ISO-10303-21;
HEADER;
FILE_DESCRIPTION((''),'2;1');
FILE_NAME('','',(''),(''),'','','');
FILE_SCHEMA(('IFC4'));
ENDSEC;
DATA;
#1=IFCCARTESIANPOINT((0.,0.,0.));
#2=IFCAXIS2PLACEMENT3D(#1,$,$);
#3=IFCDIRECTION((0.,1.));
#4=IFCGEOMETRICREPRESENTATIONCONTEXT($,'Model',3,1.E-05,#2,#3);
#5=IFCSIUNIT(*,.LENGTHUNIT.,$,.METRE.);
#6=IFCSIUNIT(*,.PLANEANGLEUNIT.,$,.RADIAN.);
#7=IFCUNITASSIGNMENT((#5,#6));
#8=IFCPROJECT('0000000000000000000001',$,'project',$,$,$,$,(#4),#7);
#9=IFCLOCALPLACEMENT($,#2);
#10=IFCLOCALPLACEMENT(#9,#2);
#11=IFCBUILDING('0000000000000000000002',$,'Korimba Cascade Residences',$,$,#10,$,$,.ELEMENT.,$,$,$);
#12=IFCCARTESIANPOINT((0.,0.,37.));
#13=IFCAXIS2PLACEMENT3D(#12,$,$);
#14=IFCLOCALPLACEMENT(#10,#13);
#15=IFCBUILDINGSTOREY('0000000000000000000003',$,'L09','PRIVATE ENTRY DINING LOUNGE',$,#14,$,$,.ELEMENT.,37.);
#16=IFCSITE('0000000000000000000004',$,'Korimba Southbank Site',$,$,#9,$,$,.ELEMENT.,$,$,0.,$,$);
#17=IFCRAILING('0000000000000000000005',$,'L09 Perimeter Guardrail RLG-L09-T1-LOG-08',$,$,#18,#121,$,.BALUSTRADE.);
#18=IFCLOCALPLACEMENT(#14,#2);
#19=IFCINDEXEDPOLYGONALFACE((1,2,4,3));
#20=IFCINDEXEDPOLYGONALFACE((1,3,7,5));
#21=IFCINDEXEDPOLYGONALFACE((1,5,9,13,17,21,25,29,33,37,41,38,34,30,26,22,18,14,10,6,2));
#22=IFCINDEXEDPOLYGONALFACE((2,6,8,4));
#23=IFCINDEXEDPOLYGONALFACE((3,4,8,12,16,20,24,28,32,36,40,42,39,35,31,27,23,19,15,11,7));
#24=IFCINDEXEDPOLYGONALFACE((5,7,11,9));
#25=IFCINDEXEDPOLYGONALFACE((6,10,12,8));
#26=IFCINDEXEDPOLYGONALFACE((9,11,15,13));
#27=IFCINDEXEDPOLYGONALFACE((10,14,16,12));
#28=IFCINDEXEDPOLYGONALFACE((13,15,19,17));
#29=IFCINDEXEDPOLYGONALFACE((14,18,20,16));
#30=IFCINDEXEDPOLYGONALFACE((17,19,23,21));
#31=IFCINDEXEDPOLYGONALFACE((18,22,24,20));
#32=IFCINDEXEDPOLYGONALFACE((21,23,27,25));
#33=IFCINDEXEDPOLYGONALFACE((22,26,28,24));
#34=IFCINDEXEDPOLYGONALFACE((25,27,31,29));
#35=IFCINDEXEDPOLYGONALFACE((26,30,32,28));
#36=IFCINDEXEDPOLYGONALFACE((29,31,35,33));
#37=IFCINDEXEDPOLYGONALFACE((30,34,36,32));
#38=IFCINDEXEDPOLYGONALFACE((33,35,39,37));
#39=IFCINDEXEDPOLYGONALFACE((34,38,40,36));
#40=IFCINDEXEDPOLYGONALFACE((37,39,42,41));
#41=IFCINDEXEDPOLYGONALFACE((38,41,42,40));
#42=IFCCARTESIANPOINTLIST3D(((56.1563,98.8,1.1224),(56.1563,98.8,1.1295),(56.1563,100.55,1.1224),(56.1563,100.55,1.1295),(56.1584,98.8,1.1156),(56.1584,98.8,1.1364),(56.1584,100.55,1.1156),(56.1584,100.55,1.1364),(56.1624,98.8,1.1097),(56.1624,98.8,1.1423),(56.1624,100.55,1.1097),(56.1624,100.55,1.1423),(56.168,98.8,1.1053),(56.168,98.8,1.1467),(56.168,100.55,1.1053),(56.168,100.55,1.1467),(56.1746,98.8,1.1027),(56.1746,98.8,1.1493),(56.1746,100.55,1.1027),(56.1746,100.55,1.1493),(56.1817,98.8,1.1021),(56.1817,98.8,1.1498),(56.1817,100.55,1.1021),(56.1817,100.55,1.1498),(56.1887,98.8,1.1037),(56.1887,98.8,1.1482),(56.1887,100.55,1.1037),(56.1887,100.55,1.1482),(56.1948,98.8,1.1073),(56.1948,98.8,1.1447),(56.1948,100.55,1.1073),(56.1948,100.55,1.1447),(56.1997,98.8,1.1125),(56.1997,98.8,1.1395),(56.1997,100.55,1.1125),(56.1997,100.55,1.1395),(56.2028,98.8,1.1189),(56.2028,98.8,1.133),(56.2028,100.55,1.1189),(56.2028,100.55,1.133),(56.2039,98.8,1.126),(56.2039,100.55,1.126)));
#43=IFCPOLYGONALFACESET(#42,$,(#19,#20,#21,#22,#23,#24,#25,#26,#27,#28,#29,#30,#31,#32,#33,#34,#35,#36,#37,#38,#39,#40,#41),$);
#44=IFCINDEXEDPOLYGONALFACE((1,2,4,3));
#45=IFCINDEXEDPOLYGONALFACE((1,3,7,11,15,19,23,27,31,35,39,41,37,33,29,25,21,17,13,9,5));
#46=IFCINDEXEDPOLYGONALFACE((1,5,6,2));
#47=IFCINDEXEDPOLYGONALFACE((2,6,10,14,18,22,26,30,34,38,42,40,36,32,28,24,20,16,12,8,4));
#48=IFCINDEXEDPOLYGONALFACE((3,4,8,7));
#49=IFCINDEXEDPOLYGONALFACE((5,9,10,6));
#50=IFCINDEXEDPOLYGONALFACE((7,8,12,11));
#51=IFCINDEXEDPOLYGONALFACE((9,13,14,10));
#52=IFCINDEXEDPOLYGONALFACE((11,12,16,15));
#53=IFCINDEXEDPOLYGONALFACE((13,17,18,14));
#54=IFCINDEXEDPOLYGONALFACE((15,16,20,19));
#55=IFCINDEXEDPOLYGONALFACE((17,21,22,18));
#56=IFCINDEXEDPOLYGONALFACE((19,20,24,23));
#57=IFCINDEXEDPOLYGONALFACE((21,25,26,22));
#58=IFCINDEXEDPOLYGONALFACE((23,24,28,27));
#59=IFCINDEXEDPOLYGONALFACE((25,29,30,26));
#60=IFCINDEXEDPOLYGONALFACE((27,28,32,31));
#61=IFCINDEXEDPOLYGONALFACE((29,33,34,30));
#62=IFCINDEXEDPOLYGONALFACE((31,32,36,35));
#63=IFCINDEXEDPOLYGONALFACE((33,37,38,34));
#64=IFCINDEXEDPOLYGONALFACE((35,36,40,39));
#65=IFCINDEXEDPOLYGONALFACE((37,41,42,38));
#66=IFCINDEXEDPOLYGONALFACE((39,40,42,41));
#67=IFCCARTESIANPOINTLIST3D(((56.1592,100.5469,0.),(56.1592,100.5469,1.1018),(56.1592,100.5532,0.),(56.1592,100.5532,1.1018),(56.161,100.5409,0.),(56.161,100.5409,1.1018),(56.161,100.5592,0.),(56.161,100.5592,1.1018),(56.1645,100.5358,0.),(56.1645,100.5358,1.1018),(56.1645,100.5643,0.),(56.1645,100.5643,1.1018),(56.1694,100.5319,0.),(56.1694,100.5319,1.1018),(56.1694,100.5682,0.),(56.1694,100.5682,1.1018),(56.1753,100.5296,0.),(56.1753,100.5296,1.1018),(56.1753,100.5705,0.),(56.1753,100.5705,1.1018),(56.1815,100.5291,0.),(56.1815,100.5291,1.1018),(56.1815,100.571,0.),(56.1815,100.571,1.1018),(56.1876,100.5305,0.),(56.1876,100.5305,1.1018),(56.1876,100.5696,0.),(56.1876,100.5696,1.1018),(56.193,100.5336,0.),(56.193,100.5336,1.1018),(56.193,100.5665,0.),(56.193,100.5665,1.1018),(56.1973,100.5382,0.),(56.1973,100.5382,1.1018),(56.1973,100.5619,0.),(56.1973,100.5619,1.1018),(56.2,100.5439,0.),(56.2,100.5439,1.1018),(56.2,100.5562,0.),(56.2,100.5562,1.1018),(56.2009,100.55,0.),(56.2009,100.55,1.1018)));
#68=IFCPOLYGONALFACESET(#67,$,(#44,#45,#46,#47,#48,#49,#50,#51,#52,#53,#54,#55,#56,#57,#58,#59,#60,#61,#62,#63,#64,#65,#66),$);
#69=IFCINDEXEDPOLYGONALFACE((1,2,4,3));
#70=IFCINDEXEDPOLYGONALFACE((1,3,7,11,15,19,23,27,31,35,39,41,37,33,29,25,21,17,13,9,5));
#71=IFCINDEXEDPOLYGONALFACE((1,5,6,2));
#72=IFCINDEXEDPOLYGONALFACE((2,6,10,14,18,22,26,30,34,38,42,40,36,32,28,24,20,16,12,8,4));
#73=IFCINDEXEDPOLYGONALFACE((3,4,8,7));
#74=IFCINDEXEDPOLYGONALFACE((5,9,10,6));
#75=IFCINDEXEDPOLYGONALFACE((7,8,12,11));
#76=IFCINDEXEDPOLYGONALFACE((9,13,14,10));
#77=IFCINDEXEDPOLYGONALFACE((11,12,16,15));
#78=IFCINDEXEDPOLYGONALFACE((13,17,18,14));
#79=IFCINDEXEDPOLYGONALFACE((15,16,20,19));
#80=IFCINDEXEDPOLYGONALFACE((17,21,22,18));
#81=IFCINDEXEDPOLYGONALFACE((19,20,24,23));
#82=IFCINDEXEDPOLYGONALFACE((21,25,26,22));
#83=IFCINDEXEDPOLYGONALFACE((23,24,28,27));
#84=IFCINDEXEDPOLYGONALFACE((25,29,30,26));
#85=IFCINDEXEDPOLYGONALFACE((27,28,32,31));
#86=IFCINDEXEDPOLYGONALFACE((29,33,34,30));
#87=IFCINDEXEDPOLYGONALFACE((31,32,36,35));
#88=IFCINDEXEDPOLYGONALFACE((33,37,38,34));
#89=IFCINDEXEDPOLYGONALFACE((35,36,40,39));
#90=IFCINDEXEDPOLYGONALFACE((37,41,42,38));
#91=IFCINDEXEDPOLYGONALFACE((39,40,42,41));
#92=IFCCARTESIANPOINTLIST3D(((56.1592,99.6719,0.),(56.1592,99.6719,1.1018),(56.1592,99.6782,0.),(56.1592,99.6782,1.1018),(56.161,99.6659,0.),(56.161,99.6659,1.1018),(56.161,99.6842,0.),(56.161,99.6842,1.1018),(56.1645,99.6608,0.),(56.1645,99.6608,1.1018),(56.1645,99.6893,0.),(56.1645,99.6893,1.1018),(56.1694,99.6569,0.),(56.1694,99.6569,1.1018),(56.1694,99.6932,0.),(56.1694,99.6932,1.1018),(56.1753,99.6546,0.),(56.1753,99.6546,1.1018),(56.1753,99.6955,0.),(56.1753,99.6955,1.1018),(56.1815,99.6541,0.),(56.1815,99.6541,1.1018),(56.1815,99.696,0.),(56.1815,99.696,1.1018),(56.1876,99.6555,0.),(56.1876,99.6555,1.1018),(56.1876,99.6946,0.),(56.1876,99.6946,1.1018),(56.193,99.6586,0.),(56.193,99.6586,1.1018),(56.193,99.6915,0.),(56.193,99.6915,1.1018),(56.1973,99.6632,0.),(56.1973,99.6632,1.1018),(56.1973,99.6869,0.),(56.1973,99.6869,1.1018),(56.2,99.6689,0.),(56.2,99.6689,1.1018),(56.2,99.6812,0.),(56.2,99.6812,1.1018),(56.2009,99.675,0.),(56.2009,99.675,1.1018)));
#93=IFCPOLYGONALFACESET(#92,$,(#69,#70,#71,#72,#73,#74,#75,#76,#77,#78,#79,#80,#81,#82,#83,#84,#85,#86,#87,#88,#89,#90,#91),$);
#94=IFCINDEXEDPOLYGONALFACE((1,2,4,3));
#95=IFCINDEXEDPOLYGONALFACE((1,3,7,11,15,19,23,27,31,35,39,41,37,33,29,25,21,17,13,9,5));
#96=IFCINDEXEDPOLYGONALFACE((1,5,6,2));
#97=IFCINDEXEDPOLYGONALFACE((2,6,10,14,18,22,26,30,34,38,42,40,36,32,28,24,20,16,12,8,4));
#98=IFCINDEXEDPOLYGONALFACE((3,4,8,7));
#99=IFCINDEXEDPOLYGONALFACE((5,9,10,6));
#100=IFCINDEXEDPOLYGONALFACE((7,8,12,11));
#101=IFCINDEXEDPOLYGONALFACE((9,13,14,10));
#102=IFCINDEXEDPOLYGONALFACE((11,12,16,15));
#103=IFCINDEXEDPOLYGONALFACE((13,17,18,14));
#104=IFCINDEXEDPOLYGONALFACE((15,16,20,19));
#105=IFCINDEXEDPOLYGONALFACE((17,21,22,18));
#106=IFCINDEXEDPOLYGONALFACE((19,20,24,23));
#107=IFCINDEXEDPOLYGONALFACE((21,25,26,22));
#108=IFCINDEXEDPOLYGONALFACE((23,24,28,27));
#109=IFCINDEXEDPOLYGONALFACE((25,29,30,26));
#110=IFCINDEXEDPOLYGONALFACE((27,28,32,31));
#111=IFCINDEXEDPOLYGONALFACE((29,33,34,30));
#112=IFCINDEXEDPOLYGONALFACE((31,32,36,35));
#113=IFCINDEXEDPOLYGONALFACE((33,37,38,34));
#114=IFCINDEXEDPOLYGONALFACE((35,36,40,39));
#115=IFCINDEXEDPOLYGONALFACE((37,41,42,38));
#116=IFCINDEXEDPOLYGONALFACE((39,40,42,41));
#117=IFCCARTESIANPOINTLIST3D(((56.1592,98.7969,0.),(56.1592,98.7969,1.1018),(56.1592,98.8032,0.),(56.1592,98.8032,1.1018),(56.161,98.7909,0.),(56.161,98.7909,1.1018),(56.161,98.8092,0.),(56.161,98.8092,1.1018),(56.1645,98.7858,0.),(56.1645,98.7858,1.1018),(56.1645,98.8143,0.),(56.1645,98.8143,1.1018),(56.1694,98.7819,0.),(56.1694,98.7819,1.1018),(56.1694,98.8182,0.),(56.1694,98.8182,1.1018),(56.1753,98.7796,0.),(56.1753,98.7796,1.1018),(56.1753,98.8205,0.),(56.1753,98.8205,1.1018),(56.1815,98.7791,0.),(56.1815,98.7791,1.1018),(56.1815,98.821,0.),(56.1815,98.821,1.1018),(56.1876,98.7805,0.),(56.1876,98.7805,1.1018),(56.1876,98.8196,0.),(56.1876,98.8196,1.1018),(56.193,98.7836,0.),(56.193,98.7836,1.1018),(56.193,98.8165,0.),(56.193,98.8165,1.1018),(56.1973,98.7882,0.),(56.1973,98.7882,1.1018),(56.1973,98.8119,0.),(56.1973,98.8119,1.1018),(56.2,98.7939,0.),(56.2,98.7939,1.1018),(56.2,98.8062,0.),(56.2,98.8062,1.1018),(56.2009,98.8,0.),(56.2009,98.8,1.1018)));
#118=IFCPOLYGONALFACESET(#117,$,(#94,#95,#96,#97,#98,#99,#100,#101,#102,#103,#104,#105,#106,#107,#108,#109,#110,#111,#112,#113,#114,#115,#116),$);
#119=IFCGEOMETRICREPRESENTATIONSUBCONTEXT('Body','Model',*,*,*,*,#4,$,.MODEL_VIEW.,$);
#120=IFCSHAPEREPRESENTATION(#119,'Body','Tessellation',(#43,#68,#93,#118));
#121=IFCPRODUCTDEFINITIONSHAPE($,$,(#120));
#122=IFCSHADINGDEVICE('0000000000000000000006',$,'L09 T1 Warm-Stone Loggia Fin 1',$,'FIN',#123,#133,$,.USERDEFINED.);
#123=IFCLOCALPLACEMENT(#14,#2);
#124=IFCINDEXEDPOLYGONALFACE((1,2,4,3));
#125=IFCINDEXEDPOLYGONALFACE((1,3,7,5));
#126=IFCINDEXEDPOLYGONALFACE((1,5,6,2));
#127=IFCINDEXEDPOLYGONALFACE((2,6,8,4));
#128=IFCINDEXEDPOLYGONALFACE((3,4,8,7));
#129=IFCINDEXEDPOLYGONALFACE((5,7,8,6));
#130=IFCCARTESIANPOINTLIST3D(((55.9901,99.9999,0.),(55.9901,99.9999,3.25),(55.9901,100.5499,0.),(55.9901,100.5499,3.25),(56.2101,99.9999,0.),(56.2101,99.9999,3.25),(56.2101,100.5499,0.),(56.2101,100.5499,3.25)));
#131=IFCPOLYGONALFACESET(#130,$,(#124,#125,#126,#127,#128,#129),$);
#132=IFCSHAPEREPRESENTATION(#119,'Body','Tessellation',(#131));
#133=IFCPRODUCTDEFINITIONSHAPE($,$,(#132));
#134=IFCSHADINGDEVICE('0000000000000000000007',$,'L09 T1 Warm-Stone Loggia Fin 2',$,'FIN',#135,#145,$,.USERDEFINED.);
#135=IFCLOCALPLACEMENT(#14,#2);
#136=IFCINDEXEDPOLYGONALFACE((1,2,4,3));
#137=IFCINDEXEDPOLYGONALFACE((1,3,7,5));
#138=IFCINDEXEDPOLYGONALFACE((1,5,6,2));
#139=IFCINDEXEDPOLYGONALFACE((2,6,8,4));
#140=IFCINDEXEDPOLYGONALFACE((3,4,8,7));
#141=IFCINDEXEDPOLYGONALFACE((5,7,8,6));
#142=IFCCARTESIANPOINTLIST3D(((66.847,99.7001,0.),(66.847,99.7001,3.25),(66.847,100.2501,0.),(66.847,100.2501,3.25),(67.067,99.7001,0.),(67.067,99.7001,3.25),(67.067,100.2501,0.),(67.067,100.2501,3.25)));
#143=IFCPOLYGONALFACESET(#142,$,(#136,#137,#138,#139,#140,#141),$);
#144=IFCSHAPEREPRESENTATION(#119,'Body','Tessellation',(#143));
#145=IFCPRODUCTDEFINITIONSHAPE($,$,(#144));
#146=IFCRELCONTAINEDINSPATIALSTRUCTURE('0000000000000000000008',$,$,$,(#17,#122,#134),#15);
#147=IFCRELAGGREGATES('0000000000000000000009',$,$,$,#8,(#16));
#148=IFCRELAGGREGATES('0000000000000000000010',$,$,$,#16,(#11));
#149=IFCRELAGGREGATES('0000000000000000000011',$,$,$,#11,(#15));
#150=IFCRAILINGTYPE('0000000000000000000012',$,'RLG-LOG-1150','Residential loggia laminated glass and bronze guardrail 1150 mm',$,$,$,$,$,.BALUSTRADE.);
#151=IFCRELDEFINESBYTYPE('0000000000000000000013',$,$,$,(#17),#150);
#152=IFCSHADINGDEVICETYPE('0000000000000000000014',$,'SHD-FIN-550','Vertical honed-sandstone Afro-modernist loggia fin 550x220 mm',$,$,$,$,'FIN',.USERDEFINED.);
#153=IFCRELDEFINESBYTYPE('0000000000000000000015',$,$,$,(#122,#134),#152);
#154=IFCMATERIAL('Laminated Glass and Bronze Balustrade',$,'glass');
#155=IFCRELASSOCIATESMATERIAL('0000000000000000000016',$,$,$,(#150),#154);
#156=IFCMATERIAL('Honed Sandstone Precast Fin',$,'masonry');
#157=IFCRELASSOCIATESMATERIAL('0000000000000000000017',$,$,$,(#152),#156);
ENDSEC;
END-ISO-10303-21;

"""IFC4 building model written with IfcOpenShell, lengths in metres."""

from ifc_helpers import new_model, si_unit, direction, frame, origin, origin_2d, place, context, subcontext, project, spatial, rectangle, circle, extrude, material, type_object, element, save


model = new_model("IFC4")

# Units and contexts
model_context = context("Model", 3, precision=1e-05, world=origin(), true_north=direction((0.0, 1.0)))
body_context = subcontext(model_context, "Body", "Model", "MODEL_VIEW")
ifc_project = project(units=[si_unit("LENGTHUNIT", "METRE"), si_unit("PLANEANGLEUNIT", "RADIAN")], contexts=[model_context])

# Site, building, storey
site_placement = place(None, origin())
site = spatial("IfcSite", under=ifc_project, at=site_placement, Name="Korimba Southbank Site", CompositionType="ELEMENT", RefElevation=0.0)
building_placement = place(site_placement, origin())
building = spatial("IfcBuilding", under=site, at=building_placement, Name="Korimba Cascade Residences", CompositionType="ELEMENT")
storey_placement = place(building_placement, frame((0.0, 0.0, 37.0)))
storey = spatial("IfcBuildingStorey", under=building, at=storey_placement, Name="L09", Description="PRIVATE ENTRY DINING LOUNGE", CompositionType="ELEMENT", Elevation=37.0)

# Railing
ifc_material_1 = material(Name="Laminated Glass and Bronze Balustrade", Category="glass")
railing_type = type_object("IfcRailingType", Name="RLG-LOG-1150", Description="Residential loggia laminated glass and bronze guardrail 1150 mm", PredefinedType="BALUSTRADE", material=ifc_material_1)
railing_1_placement = place(storey_placement, frame((56.1799, 100.55, 0.0)))
element("IfcRailing", 1, at=railing_1_placement, inside=storey, type_object=railing_type, Name="L09 Perimeter Guardrail RLG-L09-T1-LOG-08", PredefinedType="BALUSTRADE", context=body_context, shape_type="SweptSolid", body=[
    extrude(circle(Radius=0.0239, at=origin_2d()), frame((0.0, 0.0, 1.126), z_axis=(0.0, -1.0, 0.0), x_axis=(1.0, 0.0, 0.0)), (0.0, 0.0, 1.0), 1.75),
    extrude(circle(Radius=0.021, at=origin_2d()), origin(), (0.0, 0.0, 1.0), 1.1018),
    extrude(circle(Radius=0.021, at=origin_2d()), frame((0.0, -0.875, 0.0)), (0.0, 0.0, 1.0), 1.1018),
    extrude(circle(Radius=0.021, at=origin_2d()), frame((0.0, -1.75, 0.0)), (0.0, 0.0, 1.0), 1.1018),
])

# Shading devices
ifc_material_2 = material(Name="Honed Sandstone Precast Fin", Category="masonry")
shading_device_type = type_object("IfcShadingDeviceType", Name="SHD-FIN-550", Description="Vertical honed-sandstone Afro-modernist loggia fin 550x220 mm", ElementType="FIN", PredefinedType="USERDEFINED", material=ifc_material_2)
for number, where, z_axis, x_axis, name in (
    (2, (56.1001, 100.2749, 0.0), (0.0, 0.0, 1.0), (1.0, 0.0, 0.0), "L09 T1 Warm-Stone Loggia Fin 1"),
    (3, (66.957, 99.9751, 0.0), (0.0, 0.0, 1.0), (1.0, 0.0, 0.0), "L09 T1 Warm-Stone Loggia Fin 2"),
):
    element("IfcShadingDevice", number, at=place(storey_placement, frame(where, z_axis=z_axis, x_axis=x_axis)), inside=storey, type_object=shading_device_type, Name=name, ObjectType="FIN", PredefinedType="USERDEFINED", context=body_context, shape_type="SweptSolid", body=[
        extrude(rectangle(XDim=0.22, YDim=0.55, at=origin_2d()), origin(), (0.0, 0.0, 1.0), 3.25),
    ])

save(model, "model.ifc")
